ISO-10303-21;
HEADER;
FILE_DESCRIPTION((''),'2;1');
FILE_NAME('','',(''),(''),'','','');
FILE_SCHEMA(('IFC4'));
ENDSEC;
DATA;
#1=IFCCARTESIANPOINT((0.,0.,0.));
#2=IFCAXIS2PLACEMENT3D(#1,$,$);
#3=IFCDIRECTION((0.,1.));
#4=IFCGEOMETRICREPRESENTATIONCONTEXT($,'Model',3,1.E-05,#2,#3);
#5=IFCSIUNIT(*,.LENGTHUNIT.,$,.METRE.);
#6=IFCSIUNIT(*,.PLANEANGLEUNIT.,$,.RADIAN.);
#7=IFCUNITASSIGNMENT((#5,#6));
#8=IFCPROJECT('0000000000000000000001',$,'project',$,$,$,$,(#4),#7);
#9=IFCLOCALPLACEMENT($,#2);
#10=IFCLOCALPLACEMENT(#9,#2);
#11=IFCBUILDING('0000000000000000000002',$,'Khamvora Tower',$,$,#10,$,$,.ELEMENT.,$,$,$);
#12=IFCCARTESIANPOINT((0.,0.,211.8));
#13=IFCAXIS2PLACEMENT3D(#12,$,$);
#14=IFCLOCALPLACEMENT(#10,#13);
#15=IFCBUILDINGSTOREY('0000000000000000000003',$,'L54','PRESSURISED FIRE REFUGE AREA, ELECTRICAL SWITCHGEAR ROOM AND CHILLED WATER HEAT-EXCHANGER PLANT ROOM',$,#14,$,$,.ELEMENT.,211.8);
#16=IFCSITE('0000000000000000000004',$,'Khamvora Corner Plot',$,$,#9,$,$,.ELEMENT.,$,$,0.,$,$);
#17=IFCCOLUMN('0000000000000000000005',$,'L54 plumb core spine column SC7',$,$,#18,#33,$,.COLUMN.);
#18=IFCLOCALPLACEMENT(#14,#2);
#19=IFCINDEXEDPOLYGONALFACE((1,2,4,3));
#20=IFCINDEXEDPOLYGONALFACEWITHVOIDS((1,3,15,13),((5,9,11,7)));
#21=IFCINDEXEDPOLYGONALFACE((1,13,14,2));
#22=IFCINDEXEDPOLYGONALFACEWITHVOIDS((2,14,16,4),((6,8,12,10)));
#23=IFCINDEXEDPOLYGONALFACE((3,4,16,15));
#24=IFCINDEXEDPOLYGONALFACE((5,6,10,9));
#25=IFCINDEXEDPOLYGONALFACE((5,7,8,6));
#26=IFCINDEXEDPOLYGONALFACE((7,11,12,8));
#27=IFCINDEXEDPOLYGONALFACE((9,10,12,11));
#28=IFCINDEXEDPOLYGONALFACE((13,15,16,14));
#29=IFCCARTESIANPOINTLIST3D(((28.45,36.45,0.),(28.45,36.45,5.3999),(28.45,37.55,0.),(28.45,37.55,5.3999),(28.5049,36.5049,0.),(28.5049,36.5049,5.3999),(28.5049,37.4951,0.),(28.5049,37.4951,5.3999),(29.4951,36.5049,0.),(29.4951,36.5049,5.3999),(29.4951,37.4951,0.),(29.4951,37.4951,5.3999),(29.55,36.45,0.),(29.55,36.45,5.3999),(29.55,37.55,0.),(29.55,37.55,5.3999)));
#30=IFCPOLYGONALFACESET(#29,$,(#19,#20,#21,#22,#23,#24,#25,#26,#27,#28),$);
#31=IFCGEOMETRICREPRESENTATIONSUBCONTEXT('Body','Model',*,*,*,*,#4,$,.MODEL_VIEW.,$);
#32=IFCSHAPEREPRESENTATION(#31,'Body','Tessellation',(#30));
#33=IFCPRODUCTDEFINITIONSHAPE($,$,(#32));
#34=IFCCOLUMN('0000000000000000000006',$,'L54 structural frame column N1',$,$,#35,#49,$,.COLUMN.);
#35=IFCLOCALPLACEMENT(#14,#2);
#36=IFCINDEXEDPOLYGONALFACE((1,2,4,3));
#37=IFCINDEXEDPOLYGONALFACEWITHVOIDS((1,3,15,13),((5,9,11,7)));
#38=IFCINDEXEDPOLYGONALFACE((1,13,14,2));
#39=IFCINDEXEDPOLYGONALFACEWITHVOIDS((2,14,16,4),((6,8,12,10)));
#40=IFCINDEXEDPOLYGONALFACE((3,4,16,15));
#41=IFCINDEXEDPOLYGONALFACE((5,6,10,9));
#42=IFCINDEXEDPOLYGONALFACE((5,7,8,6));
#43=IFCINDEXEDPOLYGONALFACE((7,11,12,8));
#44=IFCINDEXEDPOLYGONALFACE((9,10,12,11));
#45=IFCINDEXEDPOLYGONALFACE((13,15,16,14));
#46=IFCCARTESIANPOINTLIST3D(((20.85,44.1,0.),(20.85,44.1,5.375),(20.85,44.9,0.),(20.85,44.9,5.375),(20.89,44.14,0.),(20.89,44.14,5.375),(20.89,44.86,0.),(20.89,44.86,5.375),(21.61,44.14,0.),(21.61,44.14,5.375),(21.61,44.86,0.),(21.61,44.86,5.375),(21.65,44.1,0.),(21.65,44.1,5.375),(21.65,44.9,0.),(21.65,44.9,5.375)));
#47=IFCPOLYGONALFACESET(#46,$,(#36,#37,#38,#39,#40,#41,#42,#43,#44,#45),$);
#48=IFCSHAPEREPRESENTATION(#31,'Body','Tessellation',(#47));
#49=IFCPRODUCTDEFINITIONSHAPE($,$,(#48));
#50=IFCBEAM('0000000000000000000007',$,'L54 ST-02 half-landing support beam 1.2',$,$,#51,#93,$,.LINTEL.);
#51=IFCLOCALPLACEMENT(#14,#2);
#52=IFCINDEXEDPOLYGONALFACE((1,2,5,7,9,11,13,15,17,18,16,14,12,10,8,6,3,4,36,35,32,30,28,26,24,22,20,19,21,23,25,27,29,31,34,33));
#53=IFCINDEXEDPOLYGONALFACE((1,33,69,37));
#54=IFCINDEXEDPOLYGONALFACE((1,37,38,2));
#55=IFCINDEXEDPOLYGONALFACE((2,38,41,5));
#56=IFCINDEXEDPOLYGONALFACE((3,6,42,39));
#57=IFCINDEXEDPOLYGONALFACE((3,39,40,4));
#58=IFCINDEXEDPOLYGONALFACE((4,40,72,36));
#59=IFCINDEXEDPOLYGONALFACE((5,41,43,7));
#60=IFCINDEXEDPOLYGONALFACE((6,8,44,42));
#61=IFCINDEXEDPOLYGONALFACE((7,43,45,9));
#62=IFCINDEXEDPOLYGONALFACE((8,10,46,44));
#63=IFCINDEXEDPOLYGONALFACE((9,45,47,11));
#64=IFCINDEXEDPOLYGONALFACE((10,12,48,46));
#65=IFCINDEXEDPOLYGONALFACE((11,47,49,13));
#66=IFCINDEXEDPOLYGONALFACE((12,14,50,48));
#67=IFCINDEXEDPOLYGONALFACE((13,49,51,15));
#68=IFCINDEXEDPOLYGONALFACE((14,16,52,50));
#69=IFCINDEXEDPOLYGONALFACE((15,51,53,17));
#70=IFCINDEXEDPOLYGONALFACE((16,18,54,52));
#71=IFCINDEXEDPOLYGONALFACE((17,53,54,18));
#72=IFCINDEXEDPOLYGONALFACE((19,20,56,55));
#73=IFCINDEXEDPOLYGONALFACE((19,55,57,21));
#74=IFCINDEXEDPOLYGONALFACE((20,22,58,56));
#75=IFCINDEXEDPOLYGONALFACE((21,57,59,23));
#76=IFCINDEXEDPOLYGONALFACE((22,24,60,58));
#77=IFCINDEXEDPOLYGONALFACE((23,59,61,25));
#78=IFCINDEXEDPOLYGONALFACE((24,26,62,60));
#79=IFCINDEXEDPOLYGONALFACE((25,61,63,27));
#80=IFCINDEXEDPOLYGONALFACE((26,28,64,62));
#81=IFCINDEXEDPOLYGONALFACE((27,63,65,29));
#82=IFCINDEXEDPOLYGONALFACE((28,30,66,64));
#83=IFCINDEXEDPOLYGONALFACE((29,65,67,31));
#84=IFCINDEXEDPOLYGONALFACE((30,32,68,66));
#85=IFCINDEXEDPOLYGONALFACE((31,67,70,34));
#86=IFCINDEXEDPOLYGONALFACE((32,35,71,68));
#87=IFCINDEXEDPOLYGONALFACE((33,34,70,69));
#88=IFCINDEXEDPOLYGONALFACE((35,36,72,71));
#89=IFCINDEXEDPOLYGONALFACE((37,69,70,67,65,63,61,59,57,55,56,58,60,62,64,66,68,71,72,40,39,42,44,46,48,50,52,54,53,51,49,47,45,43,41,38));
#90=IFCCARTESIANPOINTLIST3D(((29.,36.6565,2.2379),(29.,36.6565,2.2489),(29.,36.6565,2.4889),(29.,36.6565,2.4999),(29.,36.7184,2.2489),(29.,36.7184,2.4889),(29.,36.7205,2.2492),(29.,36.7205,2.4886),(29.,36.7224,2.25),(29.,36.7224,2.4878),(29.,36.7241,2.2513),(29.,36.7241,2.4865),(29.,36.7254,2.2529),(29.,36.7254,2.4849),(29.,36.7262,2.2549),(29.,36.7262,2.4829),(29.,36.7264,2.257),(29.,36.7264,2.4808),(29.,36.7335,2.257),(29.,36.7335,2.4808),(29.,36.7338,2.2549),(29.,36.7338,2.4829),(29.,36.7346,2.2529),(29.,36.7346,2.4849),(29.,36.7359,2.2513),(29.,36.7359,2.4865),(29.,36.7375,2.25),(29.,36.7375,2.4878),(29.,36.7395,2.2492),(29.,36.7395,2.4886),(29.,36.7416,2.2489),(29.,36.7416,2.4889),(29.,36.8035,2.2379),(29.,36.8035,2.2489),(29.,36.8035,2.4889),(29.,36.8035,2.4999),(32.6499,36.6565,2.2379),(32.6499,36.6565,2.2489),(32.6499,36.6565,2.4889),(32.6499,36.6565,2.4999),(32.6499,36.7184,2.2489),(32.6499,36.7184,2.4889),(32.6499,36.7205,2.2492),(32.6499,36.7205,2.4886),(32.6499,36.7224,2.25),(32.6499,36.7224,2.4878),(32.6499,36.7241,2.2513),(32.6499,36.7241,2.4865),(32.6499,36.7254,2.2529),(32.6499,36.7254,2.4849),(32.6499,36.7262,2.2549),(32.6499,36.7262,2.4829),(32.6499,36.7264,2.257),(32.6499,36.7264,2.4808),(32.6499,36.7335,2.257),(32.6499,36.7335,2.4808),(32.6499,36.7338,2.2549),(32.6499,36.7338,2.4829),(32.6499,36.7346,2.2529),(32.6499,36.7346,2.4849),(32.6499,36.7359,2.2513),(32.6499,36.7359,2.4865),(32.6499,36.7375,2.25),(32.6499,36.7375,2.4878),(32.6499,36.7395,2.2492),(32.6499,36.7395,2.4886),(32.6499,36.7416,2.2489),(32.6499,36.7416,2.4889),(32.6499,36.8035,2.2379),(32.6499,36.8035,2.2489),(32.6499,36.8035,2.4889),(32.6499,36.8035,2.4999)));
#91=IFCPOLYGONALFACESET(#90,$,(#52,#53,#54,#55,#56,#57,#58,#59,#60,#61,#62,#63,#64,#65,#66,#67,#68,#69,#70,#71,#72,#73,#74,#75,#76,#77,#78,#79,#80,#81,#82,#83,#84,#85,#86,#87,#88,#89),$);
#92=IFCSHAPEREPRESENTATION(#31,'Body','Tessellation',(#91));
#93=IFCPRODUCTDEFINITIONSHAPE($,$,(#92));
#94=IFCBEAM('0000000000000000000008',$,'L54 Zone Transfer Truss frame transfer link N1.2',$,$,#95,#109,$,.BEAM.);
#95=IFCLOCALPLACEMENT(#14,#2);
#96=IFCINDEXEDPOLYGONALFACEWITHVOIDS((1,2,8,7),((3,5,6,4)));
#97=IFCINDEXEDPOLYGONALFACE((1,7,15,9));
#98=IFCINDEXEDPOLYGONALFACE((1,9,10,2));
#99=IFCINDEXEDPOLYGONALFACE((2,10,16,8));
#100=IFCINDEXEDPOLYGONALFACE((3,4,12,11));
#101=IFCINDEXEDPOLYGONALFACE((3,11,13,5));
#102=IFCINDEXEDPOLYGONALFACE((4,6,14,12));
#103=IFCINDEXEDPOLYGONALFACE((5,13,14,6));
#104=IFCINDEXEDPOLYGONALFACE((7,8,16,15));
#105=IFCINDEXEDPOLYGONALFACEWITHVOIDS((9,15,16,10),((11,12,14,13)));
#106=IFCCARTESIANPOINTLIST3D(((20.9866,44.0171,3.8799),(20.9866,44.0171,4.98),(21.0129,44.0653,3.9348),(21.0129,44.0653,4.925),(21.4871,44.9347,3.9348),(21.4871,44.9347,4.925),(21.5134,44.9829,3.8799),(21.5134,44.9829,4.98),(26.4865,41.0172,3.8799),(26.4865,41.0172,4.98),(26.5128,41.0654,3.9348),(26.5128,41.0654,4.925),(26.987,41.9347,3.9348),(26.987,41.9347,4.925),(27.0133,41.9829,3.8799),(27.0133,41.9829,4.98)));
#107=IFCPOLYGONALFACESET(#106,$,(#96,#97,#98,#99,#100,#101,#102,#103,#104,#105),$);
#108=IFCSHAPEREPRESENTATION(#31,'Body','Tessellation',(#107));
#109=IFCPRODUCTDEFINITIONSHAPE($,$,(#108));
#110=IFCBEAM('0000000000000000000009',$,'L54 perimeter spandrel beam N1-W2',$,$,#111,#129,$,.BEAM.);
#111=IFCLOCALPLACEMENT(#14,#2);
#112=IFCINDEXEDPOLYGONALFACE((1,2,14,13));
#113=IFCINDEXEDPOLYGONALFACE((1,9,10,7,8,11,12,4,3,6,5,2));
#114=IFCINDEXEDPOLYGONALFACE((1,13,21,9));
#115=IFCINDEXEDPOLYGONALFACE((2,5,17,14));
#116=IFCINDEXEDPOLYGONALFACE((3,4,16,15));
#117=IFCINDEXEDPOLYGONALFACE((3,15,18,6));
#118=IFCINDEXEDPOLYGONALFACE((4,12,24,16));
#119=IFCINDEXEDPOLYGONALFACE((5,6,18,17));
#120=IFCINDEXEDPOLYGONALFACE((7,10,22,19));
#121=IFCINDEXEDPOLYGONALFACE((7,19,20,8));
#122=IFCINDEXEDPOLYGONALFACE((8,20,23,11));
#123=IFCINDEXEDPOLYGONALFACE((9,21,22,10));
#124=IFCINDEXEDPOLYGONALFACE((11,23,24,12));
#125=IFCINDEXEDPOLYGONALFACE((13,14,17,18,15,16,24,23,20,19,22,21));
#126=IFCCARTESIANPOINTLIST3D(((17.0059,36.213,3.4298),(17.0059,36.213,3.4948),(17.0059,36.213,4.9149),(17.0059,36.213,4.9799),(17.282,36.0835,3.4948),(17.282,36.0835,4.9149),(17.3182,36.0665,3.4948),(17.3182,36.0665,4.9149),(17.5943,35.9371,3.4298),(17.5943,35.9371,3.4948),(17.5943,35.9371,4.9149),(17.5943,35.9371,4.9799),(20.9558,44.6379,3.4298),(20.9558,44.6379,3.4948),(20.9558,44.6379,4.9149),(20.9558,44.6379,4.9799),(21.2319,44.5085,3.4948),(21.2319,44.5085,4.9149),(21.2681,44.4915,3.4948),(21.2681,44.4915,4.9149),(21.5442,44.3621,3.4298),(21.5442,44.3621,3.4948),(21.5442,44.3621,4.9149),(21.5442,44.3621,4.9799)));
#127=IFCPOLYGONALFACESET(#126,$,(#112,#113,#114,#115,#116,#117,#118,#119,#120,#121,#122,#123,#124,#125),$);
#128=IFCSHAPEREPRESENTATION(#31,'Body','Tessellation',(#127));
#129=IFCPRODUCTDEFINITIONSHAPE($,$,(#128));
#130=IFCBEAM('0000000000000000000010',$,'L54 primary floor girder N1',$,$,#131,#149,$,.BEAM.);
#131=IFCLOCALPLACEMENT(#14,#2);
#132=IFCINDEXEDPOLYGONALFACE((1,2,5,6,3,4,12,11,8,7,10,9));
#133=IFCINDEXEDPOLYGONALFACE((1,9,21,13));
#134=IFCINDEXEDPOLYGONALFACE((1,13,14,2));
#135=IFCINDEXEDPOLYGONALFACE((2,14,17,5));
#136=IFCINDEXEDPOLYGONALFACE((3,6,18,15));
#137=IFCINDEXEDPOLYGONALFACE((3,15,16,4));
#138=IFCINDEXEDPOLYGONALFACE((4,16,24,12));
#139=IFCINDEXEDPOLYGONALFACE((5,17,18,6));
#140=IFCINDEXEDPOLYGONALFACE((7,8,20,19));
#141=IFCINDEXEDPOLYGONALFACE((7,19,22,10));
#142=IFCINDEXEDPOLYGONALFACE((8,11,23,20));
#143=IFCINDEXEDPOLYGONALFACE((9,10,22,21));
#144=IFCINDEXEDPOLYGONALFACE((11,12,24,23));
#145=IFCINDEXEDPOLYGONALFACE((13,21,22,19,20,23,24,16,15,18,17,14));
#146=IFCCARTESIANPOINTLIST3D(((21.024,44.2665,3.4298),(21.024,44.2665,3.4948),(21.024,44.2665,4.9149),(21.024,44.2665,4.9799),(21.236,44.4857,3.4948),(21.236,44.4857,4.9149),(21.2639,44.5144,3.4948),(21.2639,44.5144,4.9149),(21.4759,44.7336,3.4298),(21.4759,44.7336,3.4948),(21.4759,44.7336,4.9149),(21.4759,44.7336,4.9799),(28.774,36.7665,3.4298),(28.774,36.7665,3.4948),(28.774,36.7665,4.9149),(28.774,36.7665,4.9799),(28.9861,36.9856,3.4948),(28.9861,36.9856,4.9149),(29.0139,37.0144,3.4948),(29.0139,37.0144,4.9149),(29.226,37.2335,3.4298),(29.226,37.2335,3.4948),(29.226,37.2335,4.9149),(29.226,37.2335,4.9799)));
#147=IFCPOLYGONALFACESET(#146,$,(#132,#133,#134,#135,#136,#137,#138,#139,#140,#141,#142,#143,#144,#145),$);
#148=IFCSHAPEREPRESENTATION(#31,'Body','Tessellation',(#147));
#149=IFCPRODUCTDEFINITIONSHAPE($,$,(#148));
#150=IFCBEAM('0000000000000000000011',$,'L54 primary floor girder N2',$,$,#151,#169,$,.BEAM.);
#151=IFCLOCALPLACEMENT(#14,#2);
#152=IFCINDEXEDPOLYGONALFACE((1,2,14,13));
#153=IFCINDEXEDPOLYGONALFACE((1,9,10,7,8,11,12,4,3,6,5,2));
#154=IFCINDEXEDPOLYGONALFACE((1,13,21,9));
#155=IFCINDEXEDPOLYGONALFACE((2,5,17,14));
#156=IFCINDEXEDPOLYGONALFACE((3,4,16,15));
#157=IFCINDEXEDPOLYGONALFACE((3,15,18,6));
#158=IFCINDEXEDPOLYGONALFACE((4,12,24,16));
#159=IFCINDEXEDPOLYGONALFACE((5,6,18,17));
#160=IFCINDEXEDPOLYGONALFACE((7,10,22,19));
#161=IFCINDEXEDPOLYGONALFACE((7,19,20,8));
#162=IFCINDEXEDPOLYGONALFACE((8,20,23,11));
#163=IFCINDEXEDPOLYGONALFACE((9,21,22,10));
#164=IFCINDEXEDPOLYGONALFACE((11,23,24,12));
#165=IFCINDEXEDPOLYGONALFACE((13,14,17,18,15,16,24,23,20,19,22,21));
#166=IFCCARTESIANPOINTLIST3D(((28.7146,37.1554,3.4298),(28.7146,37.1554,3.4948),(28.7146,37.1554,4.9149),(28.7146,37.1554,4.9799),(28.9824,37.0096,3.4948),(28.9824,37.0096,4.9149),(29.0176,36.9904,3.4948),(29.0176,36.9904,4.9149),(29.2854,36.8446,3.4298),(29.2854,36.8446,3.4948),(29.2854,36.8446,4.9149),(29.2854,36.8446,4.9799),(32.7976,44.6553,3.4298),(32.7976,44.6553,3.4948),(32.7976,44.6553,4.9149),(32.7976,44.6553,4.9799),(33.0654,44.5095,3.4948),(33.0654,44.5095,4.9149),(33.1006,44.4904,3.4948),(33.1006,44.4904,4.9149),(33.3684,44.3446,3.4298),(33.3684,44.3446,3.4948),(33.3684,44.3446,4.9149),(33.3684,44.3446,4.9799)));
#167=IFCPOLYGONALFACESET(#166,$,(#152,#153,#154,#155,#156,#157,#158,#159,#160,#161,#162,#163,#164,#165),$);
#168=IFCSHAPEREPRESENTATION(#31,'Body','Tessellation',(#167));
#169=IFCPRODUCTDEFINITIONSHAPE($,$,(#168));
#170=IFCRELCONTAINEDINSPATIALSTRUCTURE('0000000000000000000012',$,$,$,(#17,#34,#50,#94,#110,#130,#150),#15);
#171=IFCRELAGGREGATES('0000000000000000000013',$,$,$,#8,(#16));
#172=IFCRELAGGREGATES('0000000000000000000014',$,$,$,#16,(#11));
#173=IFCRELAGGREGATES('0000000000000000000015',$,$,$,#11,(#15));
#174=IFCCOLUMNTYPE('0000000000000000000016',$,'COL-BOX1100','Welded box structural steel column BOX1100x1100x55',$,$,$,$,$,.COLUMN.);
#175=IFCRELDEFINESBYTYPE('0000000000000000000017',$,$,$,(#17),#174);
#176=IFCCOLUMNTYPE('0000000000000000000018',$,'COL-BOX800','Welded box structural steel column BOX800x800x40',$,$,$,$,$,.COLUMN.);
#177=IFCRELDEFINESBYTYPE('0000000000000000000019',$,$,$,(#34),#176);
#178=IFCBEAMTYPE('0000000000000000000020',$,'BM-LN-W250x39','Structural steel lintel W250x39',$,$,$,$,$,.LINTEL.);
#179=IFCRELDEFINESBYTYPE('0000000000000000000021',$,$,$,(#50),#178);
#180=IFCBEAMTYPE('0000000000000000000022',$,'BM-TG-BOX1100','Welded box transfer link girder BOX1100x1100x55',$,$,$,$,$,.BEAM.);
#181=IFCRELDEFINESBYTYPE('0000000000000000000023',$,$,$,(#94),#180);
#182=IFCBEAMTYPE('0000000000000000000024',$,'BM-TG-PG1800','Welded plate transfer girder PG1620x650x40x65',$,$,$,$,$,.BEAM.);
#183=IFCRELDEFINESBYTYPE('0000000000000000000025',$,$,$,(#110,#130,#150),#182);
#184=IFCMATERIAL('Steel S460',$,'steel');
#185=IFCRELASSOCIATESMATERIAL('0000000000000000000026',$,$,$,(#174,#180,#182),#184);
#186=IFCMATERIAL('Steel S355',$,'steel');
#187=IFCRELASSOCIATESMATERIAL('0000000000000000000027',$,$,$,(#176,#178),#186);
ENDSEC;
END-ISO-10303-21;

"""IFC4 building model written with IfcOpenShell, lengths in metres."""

from ifc_helpers import new_model, si_unit, direction, frame, origin, origin_2d, place, context, subcontext, project, spatial, hollow_rectangle, i_section, extrude, material, material_profile, profile_set, type_object, element, save


model = new_model("IFC4")

# Units and contexts
model_context = context("Model", 3, precision=1e-05, world=origin(), true_north=direction((0.0, 1.0)))
body_context = subcontext(model_context, "Body", "Model", "MODEL_VIEW")
ifc_project = project(units=[si_unit("LENGTHUNIT", "METRE"), si_unit("PLANEANGLEUNIT", "RADIAN")], contexts=[model_context])

# Site, building, storey
site_placement = place(None, origin())
site = spatial("IfcSite", under=ifc_project, at=site_placement, Name="Khamvora Corner Plot", CompositionType="ELEMENT", RefElevation=0.0)
building_placement = place(site_placement, origin())
building = spatial("IfcBuilding", under=site, at=building_placement, Name="Khamvora Tower", CompositionType="ELEMENT")
storey_placement = place(building_placement, frame((0.0, 0.0, 211.8)))
storey = spatial("IfcBuildingStorey", under=building, at=storey_placement, Name="L54", Description="PRESSURISED FIRE REFUGE AREA, ELECTRICAL SWITCHGEAR ROOM AND CHILLED WATER HEAT-EXCHANGER PLANT ROOM", CompositionType="ELEMENT", Elevation=211.8)

# Columns
ifc_material_1 = material(Name="Steel S460", Category="steel")
ifc_material_profile_1 = material_profile(ifc_material_1, hollow_rectangle(XDim=1.1001, YDim=1.1001, WallThickness=0.0549, at=origin_2d()), Name="BOX1100x1100x55")
ifc_profile_set_1 = profile_set([ifc_material_profile_1], Name="Steel S460")
column_type_1 = type_object("IfcColumnType", Name="COL-BOX1100", Description="Welded box structural steel column BOX1100x1100x55", PredefinedType="COLUMN", material=ifc_profile_set_1)
column_1_placement = place(storey_placement, frame((29.0, 37.0, 0.0), z_axis=(0.0, 0.0, 1.0), x_axis=(1.0, 0.0, 0.0)))
element("IfcColumn", 1, at=column_1_placement, inside=storey, type_object=column_type_1, Name="L54 plumb core spine column SC7", PredefinedType="COLUMN", context=body_context, shape_type="SweptSolid", body=[
    extrude(hollow_rectangle(XDim=1.1001, YDim=1.1001, WallThickness=0.0549, at=origin_2d()), origin(), (0.0, 0.0, 1.0), 5.3999),
])
ifc_material_2 = material(Name="Steel S355", Category="steel")
ifc_material_profile_2 = material_profile(ifc_material_2, hollow_rectangle(XDim=0.8, YDim=0.8, WallThickness=0.04, at=origin_2d()), Name="BOX800x800x40")
ifc_profile_set_2 = profile_set([ifc_material_profile_2], Name="Steel S355")
column_type_2 = type_object("IfcColumnType", Name="COL-BOX800", Description="Welded box structural steel column BOX800x800x40", PredefinedType="COLUMN", material=ifc_profile_set_2)
column_2_placement = place(storey_placement, frame((21.25, 44.5, 0.0), z_axis=(0.0, 0.0, 1.0), x_axis=(1.0, 0.0, 0.0)))
element("IfcColumn", 2, at=column_2_placement, inside=storey, type_object=column_type_2, Name="L54 structural frame column N1", PredefinedType="COLUMN", context=body_context, shape_type="SweptSolid", body=[
    extrude(hollow_rectangle(XDim=0.8, YDim=0.8, WallThickness=0.04, at=origin_2d()), origin(), (0.0, 0.0, 1.0), 5.375),
])

# Beams
ifc_material_profile_3 = material_profile(ifc_material_2, i_section(OverallWidth=0.147, OverallDepth=0.262, WebThickness=0.0071, FlangeThickness=0.011, FilletRadius=0.0081, at=origin_2d()), Name="W250x39")
ifc_profile_set_3 = profile_set([ifc_material_profile_3], Name="Steel S355")
beam_type_1 = type_object("IfcBeamType", Name="BM-LN-W250x39", Description="Structural steel lintel W250x39", PredefinedType="LINTEL", material=ifc_profile_set_3)
beam_1_placement = place(storey_placement, frame((29.0, 36.73, 2.3689), z_axis=(1.0, 0.0, 0.0), x_axis=(0.0, 1.0, 0.0)))
element("IfcBeam", 3, at=beam_1_placement, inside=storey, type_object=beam_type_1, Name="L54 ST-02 half-landing support beam 1.2", PredefinedType="LINTEL", context=body_context, shape_type="SweptSolid", body=[
    extrude(i_section(OverallWidth=0.147, OverallDepth=0.262, WebThickness=0.0071, FlangeThickness=0.011, FilletRadius=0.0081, at=origin_2d()), origin(), (0.0, 0.0, 1.0), 3.6499),
])
ifc_material_profile_4 = material_profile(ifc_material_1, hollow_rectangle(XDim=1.1001, YDim=1.1001, WallThickness=0.0549, at=origin_2d()), Name="BOX1100x1100x55")
ifc_profile_set_4 = profile_set([ifc_material_profile_4], Name="Steel S460")
beam_type_2 = type_object("IfcBeamType", Name="BM-TG-BOX1100", Description="Welded box transfer link girder BOX1100x1100x55", PredefinedType="BEAM", material=ifc_profile_set_4)
beam_2_placement = place(storey_placement, frame((21.25, 44.5, 4.4299), z_axis=(0.877896, -0.478852, 0.0), x_axis=(0.478852, 0.877896, 0.0)))
element("IfcBeam", 4, at=beam_2_placement, inside=storey, type_object=beam_type_2, Name="L54 Zone Transfer Truss frame transfer link N1.2", PredefinedType="BEAM", context=body_context, shape_type="SweptSolid", body=[
    extrude(hollow_rectangle(XDim=1.1001, YDim=1.1001, WallThickness=0.0549, at=origin_2d()), origin(), (0.0, 0.0, 1.0), 6.2649),
])
ifc_material_profile_5 = material_profile(ifc_material_1, i_section(OverallWidth=0.6499, OverallDepth=1.55, WebThickness=0.04, FlangeThickness=0.0649, at=origin_2d()), Name="PG1550x650x40x65")
ifc_profile_set_5 = profile_set([ifc_material_profile_5], Name="Steel S460")
beam_type_3 = type_object("IfcBeamType", Name="BM-TG-PG1800", Description="Welded plate transfer girder PG1620x650x40x65", PredefinedType="BEAM", material=ifc_profile_set_5)
beam_3_placement = place(storey_placement, frame((21.25, 44.5, 4.2048), z_axis=(-0.424496, -0.90543, 0.0), x_axis=(0.90543, -0.424496, 0.0)))
element("IfcBeam", 5, at=beam_3_placement, inside=storey, type_object=beam_type_3, Name="L54 perimeter spandrel beam N1-W2", PredefinedType="BEAM", context=body_context, shape_type="SweptSolid", body=[
    extrude(i_section(OverallWidth=0.6499, OverallDepth=1.55, WebThickness=0.04, FlangeThickness=0.0649, at=origin_2d()), origin(), (0.0, 0.0, 1.0), 9.3049),
])
beam_4_placement = place(storey_placement, frame((29.0, 37.0, 4.2048), z_axis=(-0.718602, 0.695421, 0.0), x_axis=(-0.695421, -0.718602, 0.0)))
element("IfcBeam", 6, at=beam_4_placement, inside=storey, type_object=beam_type_3, Name="L54 primary floor girder N1", PredefinedType="BEAM", context=body_context, shape_type="SweptSolid", body=[
    extrude(i_section(OverallWidth=0.6499, OverallDepth=1.55, WebThickness=0.04, FlangeThickness=0.0649, at=origin_2d()), origin(), (0.0, 0.0, 1.0), 10.7849),
])
beam_5_placement = place(storey_placement, frame((29.0, 37.0, 4.2048), z_axis=(0.478139, 0.878284, 0.0), x_axis=(-0.878284, 0.478139, 0.0)))
element("IfcBeam", 7, at=beam_5_placement, inside=storey, type_object=beam_type_3, Name="L54 primary floor girder N2", PredefinedType="BEAM", context=body_context, shape_type="SweptSolid", body=[
    extrude(i_section(OverallWidth=0.6499, OverallDepth=1.55, WebThickness=0.04, FlangeThickness=0.0649, at=origin_2d()), origin(), (0.0, 0.0, 1.0), 8.5393),
])

save(model, "model.ifc")
